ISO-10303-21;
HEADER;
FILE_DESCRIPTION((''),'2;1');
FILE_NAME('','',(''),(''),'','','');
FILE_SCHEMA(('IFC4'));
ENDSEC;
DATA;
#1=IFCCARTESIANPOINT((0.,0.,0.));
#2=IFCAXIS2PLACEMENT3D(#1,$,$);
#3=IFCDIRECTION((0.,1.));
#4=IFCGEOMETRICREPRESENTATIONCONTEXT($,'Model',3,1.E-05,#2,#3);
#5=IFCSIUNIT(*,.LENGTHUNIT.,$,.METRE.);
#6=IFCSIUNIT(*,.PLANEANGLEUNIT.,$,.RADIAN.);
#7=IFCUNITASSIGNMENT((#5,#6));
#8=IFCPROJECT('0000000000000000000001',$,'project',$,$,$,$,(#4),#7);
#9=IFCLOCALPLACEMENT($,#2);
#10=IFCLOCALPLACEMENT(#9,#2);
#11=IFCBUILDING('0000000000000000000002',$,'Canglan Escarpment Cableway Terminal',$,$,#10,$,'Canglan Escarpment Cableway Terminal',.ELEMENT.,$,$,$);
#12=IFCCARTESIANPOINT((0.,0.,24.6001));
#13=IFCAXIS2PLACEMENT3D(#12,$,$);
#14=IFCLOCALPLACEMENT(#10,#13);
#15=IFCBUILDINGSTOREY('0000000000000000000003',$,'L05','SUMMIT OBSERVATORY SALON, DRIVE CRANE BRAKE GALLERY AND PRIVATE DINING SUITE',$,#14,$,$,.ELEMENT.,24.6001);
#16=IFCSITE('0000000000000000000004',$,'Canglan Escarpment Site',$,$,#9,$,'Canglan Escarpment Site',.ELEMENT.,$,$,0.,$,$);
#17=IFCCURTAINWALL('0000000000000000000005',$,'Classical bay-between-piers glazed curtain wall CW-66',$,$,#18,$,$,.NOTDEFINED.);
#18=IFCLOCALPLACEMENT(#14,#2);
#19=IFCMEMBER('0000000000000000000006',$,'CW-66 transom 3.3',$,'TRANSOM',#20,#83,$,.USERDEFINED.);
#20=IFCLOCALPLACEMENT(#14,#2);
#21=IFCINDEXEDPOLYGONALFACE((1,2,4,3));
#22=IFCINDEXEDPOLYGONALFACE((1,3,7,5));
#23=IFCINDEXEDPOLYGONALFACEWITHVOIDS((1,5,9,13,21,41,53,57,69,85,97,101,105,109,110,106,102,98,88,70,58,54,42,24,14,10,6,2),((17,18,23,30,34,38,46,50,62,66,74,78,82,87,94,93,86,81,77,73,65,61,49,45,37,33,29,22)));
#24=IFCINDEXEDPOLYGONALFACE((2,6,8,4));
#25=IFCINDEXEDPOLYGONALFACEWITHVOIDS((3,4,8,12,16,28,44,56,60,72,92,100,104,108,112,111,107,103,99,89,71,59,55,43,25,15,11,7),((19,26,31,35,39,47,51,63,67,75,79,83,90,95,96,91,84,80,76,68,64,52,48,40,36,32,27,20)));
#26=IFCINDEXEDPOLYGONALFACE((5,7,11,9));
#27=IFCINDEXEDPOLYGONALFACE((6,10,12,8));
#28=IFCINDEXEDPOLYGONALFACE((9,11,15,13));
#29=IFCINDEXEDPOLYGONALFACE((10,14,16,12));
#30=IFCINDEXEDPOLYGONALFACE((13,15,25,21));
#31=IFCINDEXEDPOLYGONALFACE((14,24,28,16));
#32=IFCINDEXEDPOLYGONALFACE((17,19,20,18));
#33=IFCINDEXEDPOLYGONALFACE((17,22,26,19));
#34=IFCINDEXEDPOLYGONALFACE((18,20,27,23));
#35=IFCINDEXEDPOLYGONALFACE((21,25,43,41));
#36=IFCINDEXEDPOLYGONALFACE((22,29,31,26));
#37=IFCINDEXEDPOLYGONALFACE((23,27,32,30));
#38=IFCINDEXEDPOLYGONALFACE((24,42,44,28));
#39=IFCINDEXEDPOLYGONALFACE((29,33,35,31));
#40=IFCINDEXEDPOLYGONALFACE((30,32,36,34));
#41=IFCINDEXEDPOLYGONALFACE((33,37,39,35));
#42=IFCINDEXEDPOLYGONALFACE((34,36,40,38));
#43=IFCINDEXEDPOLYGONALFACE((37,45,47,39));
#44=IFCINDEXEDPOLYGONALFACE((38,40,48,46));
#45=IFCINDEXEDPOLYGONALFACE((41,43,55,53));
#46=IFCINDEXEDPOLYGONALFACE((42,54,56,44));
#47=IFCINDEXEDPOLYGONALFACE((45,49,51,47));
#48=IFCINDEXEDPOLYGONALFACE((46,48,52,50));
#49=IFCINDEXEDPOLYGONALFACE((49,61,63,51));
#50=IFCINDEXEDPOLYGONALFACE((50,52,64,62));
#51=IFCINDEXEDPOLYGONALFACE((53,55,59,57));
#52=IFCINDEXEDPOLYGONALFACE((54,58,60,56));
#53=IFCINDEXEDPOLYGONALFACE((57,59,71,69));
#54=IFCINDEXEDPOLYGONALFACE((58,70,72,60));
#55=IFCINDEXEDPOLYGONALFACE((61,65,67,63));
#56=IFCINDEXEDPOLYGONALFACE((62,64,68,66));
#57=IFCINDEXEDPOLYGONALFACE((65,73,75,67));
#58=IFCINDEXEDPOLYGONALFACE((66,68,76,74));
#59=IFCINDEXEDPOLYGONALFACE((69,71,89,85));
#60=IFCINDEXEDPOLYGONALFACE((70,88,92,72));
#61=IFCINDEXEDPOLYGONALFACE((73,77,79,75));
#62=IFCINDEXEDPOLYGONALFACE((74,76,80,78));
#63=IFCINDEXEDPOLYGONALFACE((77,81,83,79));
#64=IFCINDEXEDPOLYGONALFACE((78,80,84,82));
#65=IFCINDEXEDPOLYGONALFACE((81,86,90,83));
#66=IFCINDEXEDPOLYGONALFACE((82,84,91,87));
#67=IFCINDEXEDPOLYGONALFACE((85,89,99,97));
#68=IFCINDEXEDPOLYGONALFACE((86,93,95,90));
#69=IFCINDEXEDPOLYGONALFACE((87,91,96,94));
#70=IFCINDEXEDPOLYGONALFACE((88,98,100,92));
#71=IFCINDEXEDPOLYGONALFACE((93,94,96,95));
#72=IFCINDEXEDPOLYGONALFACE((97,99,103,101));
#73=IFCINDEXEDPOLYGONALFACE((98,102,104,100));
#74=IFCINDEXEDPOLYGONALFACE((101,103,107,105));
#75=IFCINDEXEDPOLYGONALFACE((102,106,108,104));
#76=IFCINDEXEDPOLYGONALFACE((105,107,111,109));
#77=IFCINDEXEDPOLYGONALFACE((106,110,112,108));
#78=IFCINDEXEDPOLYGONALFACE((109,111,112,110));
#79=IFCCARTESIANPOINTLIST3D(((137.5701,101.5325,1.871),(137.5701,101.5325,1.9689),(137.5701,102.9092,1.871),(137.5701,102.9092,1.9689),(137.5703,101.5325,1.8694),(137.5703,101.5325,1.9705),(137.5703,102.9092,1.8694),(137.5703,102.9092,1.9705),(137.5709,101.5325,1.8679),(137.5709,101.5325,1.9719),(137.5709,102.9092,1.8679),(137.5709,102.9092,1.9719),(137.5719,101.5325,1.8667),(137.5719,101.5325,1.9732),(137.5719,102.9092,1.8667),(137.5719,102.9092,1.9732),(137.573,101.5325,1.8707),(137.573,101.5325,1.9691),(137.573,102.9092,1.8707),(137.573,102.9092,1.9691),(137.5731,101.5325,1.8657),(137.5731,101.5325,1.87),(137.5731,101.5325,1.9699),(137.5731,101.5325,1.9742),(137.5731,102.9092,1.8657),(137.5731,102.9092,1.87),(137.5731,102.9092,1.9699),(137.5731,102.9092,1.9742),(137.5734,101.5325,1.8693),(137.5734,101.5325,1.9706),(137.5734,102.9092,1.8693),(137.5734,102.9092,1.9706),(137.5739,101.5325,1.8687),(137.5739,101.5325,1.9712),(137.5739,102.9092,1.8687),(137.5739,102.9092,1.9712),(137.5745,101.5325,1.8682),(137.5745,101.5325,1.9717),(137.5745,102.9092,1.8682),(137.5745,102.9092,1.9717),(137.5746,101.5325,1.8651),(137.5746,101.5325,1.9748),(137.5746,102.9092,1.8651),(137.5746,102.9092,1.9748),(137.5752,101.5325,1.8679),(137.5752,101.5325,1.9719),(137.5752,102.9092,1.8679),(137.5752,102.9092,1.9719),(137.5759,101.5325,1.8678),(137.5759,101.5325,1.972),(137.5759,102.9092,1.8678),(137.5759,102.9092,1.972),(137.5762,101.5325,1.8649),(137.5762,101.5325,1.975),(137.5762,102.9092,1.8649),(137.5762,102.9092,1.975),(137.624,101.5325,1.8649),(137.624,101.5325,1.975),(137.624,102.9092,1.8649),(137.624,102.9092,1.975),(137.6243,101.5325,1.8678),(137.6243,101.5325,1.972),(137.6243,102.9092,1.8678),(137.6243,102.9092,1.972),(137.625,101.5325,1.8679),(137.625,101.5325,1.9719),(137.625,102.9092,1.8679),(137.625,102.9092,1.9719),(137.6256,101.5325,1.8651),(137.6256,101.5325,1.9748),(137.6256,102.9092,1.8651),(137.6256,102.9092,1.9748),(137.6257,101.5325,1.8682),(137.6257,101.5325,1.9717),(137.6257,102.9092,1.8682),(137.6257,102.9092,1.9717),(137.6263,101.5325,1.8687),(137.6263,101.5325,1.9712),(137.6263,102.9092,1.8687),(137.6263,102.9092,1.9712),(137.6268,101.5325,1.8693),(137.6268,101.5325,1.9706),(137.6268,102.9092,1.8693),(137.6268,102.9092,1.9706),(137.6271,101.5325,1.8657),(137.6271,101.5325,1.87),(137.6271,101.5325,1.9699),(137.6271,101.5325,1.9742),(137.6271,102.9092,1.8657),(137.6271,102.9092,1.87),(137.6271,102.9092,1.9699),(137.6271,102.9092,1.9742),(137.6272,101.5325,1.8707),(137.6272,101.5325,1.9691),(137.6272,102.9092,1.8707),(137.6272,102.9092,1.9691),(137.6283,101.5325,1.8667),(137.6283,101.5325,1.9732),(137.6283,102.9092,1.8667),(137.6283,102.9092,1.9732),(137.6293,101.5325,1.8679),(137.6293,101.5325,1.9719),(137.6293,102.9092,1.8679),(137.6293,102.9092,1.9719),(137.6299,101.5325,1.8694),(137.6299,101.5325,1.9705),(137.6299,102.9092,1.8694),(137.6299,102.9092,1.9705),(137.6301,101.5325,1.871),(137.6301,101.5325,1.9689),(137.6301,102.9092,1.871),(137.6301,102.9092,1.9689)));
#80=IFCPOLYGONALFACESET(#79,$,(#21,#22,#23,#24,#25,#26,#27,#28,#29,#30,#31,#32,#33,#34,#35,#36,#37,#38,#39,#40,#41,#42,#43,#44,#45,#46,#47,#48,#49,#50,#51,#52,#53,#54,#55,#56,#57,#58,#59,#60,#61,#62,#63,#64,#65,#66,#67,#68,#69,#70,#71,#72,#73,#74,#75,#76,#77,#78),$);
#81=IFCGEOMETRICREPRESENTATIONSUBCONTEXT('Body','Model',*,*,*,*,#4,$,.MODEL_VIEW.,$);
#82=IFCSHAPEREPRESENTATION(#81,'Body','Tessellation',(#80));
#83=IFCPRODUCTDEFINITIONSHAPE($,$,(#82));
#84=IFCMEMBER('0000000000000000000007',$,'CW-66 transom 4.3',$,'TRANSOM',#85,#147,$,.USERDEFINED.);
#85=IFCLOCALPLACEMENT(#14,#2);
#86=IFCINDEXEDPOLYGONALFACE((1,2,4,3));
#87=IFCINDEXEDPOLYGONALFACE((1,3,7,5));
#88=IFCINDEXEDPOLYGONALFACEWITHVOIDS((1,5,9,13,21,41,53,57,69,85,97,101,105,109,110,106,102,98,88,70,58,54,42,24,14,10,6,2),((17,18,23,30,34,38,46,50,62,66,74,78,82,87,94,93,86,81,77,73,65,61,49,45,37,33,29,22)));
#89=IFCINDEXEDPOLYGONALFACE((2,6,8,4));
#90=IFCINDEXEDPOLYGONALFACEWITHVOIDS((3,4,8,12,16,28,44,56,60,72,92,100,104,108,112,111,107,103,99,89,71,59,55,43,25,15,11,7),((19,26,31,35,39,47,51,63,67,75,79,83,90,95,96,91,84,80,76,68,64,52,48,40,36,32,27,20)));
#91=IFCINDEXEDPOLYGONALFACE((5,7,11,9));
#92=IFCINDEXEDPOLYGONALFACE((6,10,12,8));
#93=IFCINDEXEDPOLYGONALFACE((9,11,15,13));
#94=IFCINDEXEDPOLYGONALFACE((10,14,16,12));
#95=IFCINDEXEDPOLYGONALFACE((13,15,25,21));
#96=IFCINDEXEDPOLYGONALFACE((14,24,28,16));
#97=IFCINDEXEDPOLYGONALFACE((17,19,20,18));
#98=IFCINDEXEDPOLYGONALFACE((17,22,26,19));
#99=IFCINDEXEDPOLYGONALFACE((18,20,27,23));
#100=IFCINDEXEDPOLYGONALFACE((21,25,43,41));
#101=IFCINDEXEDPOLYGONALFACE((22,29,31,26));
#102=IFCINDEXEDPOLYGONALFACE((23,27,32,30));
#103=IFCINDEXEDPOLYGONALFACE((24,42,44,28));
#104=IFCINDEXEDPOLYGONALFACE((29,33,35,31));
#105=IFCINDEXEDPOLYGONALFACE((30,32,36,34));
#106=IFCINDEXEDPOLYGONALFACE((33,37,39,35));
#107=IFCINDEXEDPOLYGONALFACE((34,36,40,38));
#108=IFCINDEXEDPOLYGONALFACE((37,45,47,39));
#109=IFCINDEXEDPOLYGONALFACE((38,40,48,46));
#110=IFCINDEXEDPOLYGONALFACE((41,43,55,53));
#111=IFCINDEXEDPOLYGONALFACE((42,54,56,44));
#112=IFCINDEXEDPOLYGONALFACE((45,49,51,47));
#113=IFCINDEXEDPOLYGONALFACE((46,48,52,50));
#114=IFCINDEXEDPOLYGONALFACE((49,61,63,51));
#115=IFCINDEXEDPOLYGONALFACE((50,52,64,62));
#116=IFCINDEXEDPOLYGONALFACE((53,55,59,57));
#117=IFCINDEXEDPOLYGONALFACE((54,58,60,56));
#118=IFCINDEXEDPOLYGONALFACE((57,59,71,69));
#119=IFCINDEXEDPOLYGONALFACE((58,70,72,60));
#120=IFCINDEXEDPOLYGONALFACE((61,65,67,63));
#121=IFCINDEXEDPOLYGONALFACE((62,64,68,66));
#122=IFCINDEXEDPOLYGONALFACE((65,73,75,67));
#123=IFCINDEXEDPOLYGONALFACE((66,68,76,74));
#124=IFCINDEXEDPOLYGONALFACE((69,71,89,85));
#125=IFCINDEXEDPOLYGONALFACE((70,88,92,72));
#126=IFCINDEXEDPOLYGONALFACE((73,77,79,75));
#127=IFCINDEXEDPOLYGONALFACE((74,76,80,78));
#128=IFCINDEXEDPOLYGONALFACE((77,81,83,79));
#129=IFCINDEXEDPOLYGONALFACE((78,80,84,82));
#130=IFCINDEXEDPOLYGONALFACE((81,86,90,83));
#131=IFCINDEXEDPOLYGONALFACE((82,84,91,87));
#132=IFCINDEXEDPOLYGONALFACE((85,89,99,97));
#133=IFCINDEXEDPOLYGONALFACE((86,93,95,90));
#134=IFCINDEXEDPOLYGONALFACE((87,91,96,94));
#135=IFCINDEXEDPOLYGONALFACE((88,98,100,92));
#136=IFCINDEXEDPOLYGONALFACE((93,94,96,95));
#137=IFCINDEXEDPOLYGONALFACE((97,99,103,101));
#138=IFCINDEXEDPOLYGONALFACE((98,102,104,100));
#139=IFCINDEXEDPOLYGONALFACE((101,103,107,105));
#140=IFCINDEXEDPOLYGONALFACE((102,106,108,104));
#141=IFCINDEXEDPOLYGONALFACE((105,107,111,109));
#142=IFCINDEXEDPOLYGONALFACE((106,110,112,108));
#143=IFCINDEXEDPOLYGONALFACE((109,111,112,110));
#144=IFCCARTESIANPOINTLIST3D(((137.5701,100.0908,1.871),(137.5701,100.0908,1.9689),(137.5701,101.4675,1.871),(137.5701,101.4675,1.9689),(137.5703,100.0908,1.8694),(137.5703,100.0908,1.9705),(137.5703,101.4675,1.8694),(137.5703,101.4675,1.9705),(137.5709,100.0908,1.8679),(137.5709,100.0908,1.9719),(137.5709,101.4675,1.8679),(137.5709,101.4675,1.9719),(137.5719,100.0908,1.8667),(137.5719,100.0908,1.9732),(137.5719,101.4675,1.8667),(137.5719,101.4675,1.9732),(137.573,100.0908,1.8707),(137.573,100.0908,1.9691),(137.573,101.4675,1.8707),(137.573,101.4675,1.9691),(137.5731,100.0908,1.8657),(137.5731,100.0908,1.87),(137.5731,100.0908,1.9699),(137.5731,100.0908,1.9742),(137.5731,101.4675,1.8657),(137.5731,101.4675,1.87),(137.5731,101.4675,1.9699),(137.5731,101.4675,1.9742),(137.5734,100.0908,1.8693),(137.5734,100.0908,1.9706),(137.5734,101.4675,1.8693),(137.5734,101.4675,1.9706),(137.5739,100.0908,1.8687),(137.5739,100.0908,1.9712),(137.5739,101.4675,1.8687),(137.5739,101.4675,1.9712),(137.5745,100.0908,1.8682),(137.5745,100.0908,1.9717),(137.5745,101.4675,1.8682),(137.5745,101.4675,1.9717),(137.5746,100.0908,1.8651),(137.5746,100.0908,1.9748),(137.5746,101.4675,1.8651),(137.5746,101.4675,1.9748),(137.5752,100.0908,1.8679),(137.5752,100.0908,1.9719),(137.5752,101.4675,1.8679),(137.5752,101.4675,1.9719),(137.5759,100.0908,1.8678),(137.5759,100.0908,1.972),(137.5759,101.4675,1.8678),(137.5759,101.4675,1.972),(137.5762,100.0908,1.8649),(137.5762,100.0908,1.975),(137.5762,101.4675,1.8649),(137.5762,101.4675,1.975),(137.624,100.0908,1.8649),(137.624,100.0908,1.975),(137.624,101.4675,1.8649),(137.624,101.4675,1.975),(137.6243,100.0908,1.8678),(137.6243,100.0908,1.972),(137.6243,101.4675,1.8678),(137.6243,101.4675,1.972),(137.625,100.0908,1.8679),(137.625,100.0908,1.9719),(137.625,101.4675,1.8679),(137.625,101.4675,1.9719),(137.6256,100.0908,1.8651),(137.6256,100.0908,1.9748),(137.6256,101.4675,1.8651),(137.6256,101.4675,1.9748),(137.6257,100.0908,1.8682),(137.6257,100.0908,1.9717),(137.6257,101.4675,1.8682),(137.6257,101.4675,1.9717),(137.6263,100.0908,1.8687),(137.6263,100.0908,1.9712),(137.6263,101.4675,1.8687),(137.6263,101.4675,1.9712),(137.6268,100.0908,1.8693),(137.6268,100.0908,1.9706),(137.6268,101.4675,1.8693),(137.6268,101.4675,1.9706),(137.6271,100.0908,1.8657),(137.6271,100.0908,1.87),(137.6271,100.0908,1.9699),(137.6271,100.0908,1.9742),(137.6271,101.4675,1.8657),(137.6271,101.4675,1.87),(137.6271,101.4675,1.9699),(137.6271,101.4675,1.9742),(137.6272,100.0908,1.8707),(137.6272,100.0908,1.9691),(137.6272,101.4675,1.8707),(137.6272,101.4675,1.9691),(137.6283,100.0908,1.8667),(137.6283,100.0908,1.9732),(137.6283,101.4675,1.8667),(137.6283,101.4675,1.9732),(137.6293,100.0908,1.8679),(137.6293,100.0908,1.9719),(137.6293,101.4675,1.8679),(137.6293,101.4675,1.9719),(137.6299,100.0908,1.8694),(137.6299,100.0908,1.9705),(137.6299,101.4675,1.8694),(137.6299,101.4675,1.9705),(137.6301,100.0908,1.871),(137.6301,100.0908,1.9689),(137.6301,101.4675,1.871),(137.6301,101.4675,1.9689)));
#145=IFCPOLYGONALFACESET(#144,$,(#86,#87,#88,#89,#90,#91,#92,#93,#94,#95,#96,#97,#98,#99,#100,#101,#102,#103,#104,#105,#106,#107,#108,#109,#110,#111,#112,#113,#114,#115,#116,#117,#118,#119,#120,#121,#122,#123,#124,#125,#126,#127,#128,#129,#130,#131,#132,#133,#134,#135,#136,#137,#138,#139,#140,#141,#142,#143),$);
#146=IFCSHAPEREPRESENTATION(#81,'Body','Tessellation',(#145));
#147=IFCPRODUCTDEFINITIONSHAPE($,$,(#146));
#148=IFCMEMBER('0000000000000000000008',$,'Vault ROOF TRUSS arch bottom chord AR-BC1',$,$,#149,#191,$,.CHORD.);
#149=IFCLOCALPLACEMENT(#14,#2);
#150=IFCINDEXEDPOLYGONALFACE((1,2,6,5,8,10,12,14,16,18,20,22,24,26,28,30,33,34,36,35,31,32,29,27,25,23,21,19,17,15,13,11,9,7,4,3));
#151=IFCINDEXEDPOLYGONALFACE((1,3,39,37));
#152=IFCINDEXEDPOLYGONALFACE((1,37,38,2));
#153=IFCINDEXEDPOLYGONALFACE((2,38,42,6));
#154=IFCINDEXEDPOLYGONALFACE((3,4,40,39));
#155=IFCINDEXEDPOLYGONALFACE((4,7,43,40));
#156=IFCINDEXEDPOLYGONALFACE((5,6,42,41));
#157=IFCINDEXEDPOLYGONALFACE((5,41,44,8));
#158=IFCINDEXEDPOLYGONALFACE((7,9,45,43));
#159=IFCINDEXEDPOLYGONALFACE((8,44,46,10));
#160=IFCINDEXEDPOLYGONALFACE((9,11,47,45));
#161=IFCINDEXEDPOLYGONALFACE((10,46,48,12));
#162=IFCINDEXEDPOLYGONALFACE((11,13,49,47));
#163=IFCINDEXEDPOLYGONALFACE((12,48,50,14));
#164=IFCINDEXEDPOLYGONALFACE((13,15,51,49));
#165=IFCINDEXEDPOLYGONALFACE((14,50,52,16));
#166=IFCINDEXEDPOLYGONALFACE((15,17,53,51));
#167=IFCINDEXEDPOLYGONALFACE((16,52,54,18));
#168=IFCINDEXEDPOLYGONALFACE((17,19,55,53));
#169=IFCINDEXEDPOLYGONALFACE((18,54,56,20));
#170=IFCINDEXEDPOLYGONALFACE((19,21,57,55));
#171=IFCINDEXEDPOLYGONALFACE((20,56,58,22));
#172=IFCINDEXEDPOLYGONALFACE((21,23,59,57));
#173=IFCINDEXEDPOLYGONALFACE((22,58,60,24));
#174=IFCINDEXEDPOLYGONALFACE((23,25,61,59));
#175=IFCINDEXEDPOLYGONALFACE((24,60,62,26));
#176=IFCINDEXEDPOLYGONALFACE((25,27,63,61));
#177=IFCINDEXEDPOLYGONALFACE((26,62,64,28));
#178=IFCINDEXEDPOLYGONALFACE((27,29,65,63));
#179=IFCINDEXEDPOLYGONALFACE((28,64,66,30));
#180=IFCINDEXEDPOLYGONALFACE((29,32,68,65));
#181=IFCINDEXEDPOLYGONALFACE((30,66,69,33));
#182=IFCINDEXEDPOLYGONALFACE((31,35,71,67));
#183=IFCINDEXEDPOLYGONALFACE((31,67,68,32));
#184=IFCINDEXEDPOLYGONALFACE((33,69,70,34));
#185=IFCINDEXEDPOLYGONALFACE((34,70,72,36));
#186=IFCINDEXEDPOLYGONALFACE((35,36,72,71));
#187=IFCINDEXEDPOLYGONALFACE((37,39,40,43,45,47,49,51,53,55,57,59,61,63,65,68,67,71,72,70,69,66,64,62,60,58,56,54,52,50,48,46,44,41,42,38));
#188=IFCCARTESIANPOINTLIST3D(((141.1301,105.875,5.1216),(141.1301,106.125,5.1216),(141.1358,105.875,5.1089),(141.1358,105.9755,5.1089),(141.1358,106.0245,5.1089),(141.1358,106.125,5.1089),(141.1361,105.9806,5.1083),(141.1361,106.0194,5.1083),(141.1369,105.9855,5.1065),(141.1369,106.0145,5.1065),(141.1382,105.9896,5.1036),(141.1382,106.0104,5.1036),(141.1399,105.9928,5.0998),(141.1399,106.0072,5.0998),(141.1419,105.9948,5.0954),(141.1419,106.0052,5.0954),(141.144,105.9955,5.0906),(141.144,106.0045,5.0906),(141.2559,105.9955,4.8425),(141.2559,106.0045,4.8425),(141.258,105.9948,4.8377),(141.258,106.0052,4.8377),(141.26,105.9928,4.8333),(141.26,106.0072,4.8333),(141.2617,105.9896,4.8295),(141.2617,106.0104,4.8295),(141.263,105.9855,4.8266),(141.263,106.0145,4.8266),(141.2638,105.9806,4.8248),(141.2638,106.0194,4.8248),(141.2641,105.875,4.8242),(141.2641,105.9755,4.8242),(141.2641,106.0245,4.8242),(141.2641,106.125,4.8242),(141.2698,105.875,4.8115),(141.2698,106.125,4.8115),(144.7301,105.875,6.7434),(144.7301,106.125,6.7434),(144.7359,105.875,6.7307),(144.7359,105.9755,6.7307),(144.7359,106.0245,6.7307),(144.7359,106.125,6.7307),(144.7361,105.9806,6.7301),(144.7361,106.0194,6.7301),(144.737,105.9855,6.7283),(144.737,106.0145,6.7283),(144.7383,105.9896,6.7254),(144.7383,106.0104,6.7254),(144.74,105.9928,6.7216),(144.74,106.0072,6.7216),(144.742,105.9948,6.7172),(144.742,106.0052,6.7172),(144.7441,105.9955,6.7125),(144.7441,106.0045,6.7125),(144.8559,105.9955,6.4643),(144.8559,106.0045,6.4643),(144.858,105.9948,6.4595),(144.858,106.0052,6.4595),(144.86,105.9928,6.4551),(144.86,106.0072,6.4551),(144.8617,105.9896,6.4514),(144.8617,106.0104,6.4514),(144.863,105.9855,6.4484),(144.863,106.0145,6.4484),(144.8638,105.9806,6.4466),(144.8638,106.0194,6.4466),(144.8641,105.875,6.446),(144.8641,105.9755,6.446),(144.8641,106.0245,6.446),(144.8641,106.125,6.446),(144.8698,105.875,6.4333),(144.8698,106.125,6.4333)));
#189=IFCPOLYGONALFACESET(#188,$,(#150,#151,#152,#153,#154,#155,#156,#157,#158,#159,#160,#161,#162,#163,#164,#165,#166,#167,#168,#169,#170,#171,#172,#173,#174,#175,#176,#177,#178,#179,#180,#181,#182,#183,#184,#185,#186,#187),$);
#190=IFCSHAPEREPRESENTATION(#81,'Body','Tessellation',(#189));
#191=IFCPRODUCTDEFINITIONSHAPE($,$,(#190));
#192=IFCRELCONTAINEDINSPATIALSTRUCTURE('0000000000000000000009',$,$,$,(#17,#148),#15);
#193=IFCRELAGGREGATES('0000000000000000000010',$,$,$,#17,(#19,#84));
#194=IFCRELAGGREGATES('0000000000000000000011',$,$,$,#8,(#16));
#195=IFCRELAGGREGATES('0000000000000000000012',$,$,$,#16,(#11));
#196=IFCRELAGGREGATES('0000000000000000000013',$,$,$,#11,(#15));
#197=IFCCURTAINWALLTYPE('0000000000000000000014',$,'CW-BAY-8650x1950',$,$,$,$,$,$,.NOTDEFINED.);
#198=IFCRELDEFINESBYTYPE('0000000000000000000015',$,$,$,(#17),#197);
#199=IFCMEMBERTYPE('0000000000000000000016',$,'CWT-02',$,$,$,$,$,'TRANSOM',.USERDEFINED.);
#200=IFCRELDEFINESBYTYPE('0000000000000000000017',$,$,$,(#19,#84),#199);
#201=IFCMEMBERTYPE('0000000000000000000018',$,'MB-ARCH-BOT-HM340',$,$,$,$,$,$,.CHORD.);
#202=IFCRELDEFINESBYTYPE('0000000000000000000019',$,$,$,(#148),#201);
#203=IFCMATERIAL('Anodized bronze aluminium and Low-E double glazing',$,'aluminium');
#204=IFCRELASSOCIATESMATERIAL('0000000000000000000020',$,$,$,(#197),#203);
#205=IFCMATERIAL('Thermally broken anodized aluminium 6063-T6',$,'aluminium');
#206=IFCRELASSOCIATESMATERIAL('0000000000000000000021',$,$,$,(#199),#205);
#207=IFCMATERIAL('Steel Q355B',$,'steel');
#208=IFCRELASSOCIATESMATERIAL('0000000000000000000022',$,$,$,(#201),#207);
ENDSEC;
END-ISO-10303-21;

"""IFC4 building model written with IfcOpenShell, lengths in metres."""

from ifc_helpers import new_model, si_unit, direction, frame, origin, origin_2d, place, context, subcontext, project, spatial, hollow_rectangle, i_section, extrude, material, material_profile, profile_set, type_object, element, aggregate, save


model = new_model("IFC4")

# Units and contexts
model_context = context("Model", 3, precision=1e-05, world=origin(), true_north=direction((0.0, 1.0)))
body_context = subcontext(model_context, "Body", "Model", "MODEL_VIEW")
ifc_project = project(units=[si_unit("LENGTHUNIT", "METRE"), si_unit("PLANEANGLEUNIT", "RADIAN")], contexts=[model_context])

# Site, building, storey
site_placement = place(None, origin())
site = spatial("IfcSite", under=ifc_project, at=site_placement, Name="Canglan Escarpment Site", LongName="Canglan Escarpment Site", CompositionType="ELEMENT", RefElevation=0.0)
building_placement = place(site_placement, origin())
building = spatial("IfcBuilding", under=site, at=building_placement, Name="Canglan Escarpment Cableway Terminal", LongName="Canglan Escarpment Cableway Terminal", CompositionType="ELEMENT")
storey_placement = place(building_placement, frame((0.0, 0.0, 24.6001)))
storey = spatial("IfcBuildingStorey", under=building, at=storey_placement, Name="L05", Description="SUMMIT OBSERVATORY SALON, DRIVE CRANE BRAKE GALLERY AND PRIVATE DINING SUITE", CompositionType="ELEMENT", Elevation=24.6001)

# Shared definitions
ifc_material_1 = material(Name="Steel Q355B", Category="steel")

# Curtain wall, members
ifc_material_2 = material(Name="Anodized bronze aluminium and Low-E double glazing", Category="aluminium")
curtain_wall_type = type_object("IfcCurtainWallType", Name="CW-BAY-8650x1950", PredefinedType="NOTDEFINED", material=ifc_material_2)
curtain_wall_placement = place(storey_placement, origin())
curtain_wall = element("IfcCurtainWall", 1, at=curtain_wall_placement, inside=storey, type_object=curtain_wall_type, Name="Classical bay-between-piers glazed curtain wall CW-66", PredefinedType="NOTDEFINED")
ifc_material_3 = material(Name="Thermally broken anodized aluminium 6063-T6", Category="aluminium")
ifc_material_profile_1 = material_profile(ifc_material_3, hollow_rectangle(XDim=0.0601, YDim=0.1101, WallThickness=0.0029, InnerFilletRadius=0.0029, OuterFilletRadius=0.0061, at=origin_2d()), Name="ALU-TRAN 60x110x3")
ifc_profile_set_1 = profile_set([ifc_material_profile_1], Name="Thermally broken anodized aluminium 6063-T6")
member_type_1 = type_object("IfcMemberType", Name="CWT-02", ElementType="TRANSOM", PredefinedType="USERDEFINED", material=ifc_profile_set_1)
member_1_placement = place(storey_placement, frame((137.6001, 102.9092, 1.9199), z_axis=(0.0, -1.0, 0.0), x_axis=(1.0, 0.0, 0.0)))
member_1 = element("IfcMember", 2, at=member_1_placement, type_object=member_type_1, Name="CW-66 transom 3.3", ObjectType="TRANSOM", PredefinedType="USERDEFINED", context=body_context, shape_type="SweptSolid", body=[
    extrude(hollow_rectangle(XDim=0.0601, YDim=0.1101, WallThickness=0.0029, InnerFilletRadius=0.0029, OuterFilletRadius=0.0061, at=origin_2d()), origin(), (0.0, 0.0, 1.0), 1.3767),
])
member_2_placement = place(storey_placement, frame((137.6001, 101.4675, 1.9199), z_axis=(0.0, -1.0, 0.0), x_axis=(1.0, 0.0, 0.0)))
member_2 = element("IfcMember", 3, at=member_2_placement, type_object=member_type_1, Name="CW-66 transom 4.3", ObjectType="TRANSOM", PredefinedType="USERDEFINED", context=body_context, shape_type="SweptSolid", body=[
    extrude(hollow_rectangle(XDim=0.0601, YDim=0.1101, WallThickness=0.0029, InnerFilletRadius=0.0029, OuterFilletRadius=0.0061, at=origin_2d()), origin(), (0.0, 0.0, 1.0), 1.3767),
])

# Member
ifc_material_profile_2 = material_profile(ifc_material_1, i_section(OverallWidth=0.25, OverallDepth=0.3401, WebThickness=0.009, FlangeThickness=0.0139, FilletRadius=0.02, at=origin_2d()), Name="HM 340x250x9x14")
ifc_profile_set_2 = profile_set([ifc_material_profile_2], Name="Steel Q355B")
member_type_2 = type_object("IfcMemberType", Name="MB-ARCH-BOT-HM340", PredefinedType="CHORD", material=ifc_profile_set_2)
member_3_placement = place(storey_placement, frame((141.2, 106.0, 4.9666), z_axis=(0.911753, 0.0, 0.41074), x_axis=(0.0, 1.0, 0.0)))
element("IfcMember", 4, at=member_3_placement, inside=storey, type_object=member_type_2, Name="Vault ROOF TRUSS arch bottom chord AR-BC1", PredefinedType="CHORD", context=body_context, shape_type="SweptSolid", body=[
    extrude(i_section(OverallWidth=0.25, OverallDepth=0.3401, WebThickness=0.009, FlangeThickness=0.0139, FilletRadius=0.02, at=origin_2d()), origin(), (0.0, 0.0, 1.0), 3.9485),
])

aggregate(curtain_wall, [member_1, member_2])

save(model, "model.ifc")
